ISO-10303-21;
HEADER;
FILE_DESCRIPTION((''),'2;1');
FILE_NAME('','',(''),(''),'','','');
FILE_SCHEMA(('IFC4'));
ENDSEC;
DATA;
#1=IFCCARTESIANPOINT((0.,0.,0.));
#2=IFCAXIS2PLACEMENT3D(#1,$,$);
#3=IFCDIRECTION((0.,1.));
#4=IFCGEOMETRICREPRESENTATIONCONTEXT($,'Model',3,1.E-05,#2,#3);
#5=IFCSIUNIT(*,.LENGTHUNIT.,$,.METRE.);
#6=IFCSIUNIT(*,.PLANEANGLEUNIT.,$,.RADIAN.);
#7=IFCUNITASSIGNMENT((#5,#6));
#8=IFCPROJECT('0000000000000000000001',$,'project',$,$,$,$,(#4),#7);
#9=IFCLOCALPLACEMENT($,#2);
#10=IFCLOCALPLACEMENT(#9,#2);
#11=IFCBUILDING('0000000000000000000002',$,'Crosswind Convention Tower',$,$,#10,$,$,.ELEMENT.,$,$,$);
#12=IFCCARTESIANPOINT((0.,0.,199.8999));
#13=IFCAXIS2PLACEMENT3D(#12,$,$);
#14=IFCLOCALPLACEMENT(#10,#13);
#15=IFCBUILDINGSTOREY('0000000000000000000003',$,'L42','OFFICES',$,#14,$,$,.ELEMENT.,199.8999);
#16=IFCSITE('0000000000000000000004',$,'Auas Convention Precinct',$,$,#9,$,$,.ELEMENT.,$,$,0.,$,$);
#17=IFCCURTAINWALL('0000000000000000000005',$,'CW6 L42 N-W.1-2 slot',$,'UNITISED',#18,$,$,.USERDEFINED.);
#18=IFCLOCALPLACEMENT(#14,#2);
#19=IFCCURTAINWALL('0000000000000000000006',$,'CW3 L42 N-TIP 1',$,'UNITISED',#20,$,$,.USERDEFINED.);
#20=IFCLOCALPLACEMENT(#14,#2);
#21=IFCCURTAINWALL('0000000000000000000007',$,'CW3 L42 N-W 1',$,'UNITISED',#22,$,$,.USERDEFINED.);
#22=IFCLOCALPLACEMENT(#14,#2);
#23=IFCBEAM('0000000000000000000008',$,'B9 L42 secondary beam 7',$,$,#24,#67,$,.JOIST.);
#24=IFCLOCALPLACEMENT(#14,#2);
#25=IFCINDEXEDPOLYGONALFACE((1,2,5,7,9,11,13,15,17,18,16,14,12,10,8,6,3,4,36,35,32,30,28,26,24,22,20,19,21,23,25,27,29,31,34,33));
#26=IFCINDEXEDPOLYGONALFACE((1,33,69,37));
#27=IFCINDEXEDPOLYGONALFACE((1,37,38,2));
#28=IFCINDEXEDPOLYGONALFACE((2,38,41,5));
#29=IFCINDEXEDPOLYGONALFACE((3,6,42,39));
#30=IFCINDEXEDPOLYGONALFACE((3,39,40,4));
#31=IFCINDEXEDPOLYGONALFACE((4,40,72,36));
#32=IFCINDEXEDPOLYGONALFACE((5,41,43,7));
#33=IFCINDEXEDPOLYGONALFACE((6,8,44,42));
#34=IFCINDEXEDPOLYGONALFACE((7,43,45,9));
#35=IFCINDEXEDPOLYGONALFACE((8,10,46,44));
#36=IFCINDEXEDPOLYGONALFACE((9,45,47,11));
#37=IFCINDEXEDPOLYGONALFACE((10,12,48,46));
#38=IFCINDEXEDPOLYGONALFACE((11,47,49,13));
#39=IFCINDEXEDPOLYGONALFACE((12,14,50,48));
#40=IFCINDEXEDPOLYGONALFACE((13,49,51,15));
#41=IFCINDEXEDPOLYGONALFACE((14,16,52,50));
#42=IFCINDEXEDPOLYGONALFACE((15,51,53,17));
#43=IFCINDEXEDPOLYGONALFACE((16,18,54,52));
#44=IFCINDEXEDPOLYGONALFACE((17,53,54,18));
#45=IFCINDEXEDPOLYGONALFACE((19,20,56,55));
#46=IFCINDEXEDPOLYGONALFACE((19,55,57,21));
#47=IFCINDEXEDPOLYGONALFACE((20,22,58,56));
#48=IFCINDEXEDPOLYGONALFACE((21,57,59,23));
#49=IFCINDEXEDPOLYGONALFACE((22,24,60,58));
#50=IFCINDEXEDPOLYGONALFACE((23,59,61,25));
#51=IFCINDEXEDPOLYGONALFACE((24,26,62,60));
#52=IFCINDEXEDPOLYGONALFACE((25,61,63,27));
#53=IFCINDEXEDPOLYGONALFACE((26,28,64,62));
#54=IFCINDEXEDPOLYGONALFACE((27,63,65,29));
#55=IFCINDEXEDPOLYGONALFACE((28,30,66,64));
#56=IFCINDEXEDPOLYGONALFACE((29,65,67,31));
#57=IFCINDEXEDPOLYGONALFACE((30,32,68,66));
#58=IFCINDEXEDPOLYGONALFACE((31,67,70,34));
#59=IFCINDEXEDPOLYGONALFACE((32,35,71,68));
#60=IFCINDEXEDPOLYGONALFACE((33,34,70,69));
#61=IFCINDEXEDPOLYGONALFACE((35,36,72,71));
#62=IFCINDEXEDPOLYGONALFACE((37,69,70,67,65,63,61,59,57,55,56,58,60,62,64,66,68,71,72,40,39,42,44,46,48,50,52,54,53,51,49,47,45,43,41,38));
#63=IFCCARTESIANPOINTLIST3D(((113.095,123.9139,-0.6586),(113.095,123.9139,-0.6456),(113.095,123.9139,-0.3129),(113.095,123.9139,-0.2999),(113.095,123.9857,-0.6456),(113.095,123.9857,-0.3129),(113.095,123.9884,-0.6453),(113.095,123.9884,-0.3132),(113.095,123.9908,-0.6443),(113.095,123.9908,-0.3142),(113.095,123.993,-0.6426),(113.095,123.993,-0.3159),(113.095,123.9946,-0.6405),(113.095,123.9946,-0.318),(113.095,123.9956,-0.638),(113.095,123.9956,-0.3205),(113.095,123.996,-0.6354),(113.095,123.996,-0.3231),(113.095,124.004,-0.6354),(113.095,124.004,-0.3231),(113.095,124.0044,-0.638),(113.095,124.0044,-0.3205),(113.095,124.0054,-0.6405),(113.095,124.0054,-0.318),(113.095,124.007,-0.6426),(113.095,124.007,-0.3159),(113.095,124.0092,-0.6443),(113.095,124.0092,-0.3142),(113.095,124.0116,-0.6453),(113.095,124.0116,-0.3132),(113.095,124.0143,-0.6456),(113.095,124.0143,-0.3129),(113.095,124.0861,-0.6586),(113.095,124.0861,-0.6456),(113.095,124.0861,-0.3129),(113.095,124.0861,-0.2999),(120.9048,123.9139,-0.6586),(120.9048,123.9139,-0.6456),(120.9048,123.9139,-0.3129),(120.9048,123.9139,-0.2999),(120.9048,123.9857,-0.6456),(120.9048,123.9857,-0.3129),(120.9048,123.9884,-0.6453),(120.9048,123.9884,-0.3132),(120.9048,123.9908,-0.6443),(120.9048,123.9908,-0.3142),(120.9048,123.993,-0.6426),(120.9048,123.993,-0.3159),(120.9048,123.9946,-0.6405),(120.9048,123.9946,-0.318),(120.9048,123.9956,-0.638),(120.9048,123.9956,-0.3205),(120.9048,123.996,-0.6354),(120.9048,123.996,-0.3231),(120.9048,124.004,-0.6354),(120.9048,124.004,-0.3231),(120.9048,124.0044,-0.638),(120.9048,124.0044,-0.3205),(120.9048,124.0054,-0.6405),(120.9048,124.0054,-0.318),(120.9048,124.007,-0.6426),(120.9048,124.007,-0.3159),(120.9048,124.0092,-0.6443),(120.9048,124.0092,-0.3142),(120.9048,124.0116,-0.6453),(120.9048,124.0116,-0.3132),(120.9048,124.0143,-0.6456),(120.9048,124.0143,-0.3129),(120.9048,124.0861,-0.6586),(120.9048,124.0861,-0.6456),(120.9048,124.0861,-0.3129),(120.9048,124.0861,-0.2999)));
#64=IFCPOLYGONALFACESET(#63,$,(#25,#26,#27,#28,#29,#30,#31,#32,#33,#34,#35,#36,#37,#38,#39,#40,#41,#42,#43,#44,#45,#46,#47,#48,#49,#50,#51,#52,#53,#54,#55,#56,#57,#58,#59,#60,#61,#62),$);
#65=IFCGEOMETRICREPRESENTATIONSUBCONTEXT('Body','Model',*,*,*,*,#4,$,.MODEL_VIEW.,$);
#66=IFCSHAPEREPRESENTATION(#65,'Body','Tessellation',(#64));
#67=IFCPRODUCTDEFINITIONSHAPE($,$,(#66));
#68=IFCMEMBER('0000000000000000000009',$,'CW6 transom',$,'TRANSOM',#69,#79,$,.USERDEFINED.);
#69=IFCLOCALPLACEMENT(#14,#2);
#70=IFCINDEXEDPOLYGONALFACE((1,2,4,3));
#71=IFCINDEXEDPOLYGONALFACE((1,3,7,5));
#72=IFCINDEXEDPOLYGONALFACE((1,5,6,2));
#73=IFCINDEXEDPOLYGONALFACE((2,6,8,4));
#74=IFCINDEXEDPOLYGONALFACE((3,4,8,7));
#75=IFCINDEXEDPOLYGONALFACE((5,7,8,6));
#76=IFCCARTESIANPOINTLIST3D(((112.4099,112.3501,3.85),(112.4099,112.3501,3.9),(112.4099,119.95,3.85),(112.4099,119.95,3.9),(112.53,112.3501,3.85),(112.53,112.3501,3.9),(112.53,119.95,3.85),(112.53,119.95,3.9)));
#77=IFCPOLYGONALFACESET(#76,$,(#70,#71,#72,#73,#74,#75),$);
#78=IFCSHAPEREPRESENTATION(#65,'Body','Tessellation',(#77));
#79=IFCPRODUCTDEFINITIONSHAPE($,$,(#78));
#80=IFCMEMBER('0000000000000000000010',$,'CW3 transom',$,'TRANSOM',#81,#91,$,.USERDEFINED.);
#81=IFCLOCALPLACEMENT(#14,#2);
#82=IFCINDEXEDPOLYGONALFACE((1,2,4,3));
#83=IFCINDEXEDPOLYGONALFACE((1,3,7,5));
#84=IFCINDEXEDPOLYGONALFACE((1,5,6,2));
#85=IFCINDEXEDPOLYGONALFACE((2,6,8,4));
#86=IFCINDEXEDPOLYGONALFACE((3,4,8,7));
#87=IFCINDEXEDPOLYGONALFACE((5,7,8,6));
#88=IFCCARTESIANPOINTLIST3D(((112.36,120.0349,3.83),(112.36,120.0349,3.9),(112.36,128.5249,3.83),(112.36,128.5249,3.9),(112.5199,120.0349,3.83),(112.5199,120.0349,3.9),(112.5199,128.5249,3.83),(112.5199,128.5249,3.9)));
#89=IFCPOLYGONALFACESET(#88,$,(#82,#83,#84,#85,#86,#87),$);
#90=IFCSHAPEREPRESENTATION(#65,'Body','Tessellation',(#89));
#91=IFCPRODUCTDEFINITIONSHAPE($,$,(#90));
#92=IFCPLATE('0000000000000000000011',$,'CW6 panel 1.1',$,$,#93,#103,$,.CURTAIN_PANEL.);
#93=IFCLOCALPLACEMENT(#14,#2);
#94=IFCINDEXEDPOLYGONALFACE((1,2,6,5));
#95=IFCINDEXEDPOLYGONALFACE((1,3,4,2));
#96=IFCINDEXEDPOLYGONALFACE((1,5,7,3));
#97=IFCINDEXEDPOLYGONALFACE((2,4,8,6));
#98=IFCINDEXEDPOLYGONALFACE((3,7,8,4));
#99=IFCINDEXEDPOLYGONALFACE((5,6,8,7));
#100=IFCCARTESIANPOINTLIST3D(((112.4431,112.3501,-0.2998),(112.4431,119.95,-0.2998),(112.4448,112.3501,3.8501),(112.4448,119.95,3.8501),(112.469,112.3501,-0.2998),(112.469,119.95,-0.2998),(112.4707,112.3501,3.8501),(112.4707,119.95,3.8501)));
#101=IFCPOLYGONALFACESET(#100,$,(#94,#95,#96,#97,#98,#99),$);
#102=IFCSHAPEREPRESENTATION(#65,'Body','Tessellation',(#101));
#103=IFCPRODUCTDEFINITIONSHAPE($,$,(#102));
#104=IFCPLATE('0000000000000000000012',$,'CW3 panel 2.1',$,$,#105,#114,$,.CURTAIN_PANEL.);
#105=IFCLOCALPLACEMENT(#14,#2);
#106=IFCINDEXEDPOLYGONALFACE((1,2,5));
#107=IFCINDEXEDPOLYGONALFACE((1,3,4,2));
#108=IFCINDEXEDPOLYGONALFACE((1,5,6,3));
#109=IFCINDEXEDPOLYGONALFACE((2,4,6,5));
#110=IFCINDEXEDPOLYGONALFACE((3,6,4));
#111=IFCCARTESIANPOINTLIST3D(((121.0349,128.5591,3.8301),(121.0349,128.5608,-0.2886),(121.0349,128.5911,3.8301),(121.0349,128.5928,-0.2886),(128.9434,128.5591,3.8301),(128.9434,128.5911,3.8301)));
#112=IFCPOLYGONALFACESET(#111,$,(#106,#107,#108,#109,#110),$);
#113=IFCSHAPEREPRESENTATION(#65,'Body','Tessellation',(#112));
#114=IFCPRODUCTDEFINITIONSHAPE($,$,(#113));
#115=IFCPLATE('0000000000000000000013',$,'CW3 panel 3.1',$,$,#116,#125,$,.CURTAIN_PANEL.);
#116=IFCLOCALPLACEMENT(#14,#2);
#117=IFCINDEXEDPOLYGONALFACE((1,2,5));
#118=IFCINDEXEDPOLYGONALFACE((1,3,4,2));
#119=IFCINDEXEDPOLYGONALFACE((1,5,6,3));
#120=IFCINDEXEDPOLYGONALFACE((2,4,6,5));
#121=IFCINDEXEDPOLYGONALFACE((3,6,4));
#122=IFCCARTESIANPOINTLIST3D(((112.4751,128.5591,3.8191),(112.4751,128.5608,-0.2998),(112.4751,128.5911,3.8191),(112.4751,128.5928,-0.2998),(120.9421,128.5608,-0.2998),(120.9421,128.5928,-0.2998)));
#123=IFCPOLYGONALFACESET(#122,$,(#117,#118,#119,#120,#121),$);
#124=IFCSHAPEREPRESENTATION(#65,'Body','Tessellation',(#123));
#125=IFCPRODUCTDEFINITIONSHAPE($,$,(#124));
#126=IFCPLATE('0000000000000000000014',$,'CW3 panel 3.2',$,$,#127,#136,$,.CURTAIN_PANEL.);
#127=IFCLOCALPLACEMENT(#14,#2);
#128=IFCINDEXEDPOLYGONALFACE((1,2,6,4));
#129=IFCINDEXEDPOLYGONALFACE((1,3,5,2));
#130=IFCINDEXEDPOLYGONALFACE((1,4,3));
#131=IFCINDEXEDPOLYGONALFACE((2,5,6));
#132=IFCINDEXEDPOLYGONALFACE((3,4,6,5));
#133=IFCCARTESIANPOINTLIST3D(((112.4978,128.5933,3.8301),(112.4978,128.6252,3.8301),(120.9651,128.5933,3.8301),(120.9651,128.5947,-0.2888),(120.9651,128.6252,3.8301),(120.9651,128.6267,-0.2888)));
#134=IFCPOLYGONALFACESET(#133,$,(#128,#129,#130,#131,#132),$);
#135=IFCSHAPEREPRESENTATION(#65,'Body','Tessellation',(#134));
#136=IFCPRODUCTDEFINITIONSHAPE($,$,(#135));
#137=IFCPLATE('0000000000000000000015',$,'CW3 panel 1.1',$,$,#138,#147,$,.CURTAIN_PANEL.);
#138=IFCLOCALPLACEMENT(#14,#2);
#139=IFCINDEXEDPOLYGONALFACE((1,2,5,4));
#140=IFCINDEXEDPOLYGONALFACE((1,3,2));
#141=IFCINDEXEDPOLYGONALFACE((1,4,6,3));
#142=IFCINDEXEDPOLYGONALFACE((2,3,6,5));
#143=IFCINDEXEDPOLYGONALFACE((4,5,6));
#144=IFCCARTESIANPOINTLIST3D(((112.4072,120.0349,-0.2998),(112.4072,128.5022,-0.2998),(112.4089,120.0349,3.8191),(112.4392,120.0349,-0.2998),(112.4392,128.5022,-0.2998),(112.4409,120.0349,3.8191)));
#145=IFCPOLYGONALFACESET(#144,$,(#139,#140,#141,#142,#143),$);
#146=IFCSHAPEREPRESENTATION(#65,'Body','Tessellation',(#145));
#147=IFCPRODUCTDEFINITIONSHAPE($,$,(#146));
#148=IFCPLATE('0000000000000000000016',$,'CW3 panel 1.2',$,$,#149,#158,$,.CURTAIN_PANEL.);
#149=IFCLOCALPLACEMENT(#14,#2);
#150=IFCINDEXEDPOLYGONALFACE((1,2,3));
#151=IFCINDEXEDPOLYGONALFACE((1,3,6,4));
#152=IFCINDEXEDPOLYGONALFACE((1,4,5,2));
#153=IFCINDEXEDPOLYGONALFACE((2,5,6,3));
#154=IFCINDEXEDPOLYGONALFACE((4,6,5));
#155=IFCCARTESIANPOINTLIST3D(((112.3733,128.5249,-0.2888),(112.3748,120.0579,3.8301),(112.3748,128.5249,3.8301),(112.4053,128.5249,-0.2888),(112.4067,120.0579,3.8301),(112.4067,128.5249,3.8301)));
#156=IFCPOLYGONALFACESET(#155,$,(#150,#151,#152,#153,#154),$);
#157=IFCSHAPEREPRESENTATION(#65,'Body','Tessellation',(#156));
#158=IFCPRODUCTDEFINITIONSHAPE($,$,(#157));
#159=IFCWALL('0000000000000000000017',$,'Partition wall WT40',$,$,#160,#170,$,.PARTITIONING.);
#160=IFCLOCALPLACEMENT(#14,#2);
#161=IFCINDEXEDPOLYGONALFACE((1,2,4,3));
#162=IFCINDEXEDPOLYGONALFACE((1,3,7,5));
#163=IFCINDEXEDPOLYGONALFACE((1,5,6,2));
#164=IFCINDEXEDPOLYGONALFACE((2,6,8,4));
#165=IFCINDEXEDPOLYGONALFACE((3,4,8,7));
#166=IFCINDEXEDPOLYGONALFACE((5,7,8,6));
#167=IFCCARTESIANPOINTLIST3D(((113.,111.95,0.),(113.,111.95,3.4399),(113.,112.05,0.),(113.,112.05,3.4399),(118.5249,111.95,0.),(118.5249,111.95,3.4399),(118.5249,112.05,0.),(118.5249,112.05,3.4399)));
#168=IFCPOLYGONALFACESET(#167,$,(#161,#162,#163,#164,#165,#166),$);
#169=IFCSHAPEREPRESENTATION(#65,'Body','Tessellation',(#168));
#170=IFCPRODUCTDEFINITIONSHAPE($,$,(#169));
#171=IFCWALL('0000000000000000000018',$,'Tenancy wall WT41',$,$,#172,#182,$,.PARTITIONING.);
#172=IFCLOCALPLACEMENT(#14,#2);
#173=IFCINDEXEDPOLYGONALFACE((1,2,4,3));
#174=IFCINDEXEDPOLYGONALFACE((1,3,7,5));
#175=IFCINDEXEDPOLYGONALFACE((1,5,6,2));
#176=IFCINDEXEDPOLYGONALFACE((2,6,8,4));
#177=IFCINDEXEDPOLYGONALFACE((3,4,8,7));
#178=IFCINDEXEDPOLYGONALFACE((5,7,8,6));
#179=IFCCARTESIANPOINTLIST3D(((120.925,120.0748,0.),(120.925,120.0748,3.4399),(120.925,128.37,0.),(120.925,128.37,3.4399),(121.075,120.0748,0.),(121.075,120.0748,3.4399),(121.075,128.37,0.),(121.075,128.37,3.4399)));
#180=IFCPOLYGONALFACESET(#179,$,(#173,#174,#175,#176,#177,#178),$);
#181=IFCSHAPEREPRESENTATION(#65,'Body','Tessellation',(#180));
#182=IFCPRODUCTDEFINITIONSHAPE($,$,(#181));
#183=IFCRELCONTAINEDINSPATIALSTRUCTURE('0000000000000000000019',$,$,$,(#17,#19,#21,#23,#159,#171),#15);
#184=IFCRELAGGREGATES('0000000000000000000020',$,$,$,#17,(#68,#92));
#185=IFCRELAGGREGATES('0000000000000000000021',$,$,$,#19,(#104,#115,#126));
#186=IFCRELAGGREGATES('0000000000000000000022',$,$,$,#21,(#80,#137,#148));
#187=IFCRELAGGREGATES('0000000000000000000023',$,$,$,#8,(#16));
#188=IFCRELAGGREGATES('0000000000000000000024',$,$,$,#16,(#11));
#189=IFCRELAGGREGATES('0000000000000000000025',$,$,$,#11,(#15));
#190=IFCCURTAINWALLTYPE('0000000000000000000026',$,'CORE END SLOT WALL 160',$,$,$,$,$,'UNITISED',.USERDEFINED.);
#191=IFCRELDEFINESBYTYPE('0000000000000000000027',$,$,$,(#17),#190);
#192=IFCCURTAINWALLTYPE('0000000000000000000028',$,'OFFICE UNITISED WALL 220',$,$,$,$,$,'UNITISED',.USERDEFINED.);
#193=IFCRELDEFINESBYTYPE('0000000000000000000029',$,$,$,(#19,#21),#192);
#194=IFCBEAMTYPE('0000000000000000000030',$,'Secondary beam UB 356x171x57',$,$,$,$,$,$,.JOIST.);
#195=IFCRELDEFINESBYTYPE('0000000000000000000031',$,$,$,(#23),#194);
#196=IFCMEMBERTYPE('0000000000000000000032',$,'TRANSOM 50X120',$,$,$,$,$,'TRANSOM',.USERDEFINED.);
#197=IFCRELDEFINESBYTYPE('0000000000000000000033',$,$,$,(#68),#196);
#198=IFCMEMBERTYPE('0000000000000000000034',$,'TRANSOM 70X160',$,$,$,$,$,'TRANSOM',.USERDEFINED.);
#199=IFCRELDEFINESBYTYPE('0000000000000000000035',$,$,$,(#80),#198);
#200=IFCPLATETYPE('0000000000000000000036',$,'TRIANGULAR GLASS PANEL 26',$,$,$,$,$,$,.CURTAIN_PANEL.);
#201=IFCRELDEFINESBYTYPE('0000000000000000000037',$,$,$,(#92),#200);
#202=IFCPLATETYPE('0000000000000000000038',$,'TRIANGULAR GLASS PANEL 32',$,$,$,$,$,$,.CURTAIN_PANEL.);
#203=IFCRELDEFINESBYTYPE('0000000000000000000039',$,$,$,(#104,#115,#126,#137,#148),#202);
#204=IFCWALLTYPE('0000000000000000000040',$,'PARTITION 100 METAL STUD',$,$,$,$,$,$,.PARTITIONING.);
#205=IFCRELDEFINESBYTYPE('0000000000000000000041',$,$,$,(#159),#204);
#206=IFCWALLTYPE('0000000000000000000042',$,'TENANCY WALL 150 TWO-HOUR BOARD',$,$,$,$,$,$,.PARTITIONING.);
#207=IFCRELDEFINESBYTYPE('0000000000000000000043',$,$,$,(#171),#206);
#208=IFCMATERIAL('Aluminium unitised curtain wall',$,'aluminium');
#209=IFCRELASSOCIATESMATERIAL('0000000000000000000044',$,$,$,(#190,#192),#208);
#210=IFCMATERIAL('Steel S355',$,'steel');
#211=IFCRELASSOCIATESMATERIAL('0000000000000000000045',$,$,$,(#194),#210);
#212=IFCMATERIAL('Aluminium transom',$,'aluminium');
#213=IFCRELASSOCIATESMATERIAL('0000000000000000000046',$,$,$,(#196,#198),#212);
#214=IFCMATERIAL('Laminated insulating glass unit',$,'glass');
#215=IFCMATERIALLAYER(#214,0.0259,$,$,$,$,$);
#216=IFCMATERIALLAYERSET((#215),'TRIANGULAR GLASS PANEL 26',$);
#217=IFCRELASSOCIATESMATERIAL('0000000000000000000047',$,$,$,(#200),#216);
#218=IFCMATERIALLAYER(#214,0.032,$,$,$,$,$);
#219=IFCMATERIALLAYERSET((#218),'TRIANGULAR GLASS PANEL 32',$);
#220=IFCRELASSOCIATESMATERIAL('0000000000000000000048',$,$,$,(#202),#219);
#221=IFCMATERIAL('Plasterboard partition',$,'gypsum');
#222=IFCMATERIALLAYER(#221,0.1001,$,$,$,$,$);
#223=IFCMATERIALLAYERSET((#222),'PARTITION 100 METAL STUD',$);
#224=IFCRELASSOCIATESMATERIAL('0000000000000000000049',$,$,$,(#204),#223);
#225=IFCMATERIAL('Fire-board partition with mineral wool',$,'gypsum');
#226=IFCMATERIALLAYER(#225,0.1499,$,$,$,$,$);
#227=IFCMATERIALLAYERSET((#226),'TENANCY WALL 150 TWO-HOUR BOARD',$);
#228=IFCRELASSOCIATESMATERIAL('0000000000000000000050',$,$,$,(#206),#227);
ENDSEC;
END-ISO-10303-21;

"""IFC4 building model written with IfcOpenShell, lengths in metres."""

from ifc_helpers import new_model, si_unit, direction, frame, frame_2d, origin, origin_2d, place, context, subcontext, project, spatial, polyline, rectangle, i_section, outline, extrude, material, layer, layer_set, material_profile, profile_set, type_object, element, aggregate, save


model = new_model("IFC4")

# Units and contexts
model_context = context("Model", 3, precision=1e-05, world=origin(), true_north=direction((0.0, 1.0)))
body_context = subcontext(model_context, "Body", "Model", "MODEL_VIEW")
ifc_project = project(units=[si_unit("LENGTHUNIT", "METRE"), si_unit("PLANEANGLEUNIT", "RADIAN")], contexts=[model_context])

# Site, building, storey
site_placement = place(None, origin())
site = spatial("IfcSite", under=ifc_project, at=site_placement, Name="Auas Convention Precinct", CompositionType="ELEMENT", RefElevation=0.0)
building_placement = place(site_placement, origin())
building = spatial("IfcBuilding", under=site, at=building_placement, Name="Crosswind Convention Tower", CompositionType="ELEMENT")
storey_placement = place(building_placement, frame((0.0, 0.0, 199.8999)))
storey = spatial("IfcBuildingStorey", under=building, at=storey_placement, Name="L42", Description="OFFICES", CompositionType="ELEMENT", Elevation=199.8999)

# Shared definitions
ifc_material_1 = material(Name="Steel S355", Category="steel")

# Curtain walls
ifc_material_2 = material(Name="Aluminium unitised curtain wall", Category="aluminium")
curtain_wall_type_1 = type_object("IfcCurtainWallType", Name="CORE END SLOT WALL 160", ElementType="UNITISED", PredefinedType="USERDEFINED", material=ifc_material_2)
curtain_wall_1_placement = place(storey_placement, origin())
curtain_wall_1 = element("IfcCurtainWall", 1, at=curtain_wall_1_placement, inside=storey, type_object=curtain_wall_type_1, Name="CW6 L42 N-W.1-2 slot", ObjectType="UNITISED", PredefinedType="USERDEFINED")
curtain_wall_type_2 = type_object("IfcCurtainWallType", Name="OFFICE UNITISED WALL 220", ElementType="UNITISED", PredefinedType="USERDEFINED", material=ifc_material_2)
curtain_wall_2_placement = place(storey_placement, origin())
curtain_wall_2 = element("IfcCurtainWall", 2, at=curtain_wall_2_placement, inside=storey, type_object=curtain_wall_type_2, Name="CW3 L42 N-TIP 1", ObjectType="UNITISED", PredefinedType="USERDEFINED")

# Curtain wall
curtain_wall_3_placement = place(storey_placement, origin())
curtain_wall_3 = element("IfcCurtainWall", 3, at=curtain_wall_3_placement, inside=storey, type_object=curtain_wall_type_2, Name="CW3 L42 N-W 1", ObjectType="UNITISED", PredefinedType="USERDEFINED")

# Beam
ifc_material_profile_1 = material_profile(ifc_material_1, i_section(OverallWidth=0.1721, OverallDepth=0.3586, WebThickness=0.0081, FlangeThickness=0.0129, FilletRadius=0.0103, at=origin_2d()), Name="UB 356x171x57")
ifc_profile_set_1 = profile_set([ifc_material_profile_1], Name="Steel S355")
beam_type_1 = type_object("IfcBeamType", Name="Secondary beam UB 356x171x57", PredefinedType="JOIST", material=ifc_profile_set_1)
for number, where, z_axis, x_axis, name in (
    (4, (113.095, 124.0, -0.4792), (1.0, 0.0, 0.0), (0.0, 1.0, 0.0), "B9 L42 secondary beam 7"),
):
    element("IfcBeam", number, at=place(storey_placement, frame(where, z_axis=z_axis, x_axis=x_axis)), inside=storey, type_object=beam_type_1, Name=name, PredefinedType="JOIST", context=body_context, shape_type="SweptSolid", body=[
        extrude(i_section(OverallWidth=0.1721, OverallDepth=0.3586, WebThickness=0.0081, FlangeThickness=0.0129, FilletRadius=0.0103, at=origin_2d()), origin(), (0.0, 0.0, 1.0), 7.8098),
    ])

# Members
ifc_material_3 = material(Name="Aluminium transom", Category="aluminium")
ifc_material_profile_2 = material_profile(ifc_material_3, rectangle(XDim=0.1201, YDim=0.05, at=origin_2d()), Name="AL 120X50")
ifc_profile_set_2 = profile_set([ifc_material_profile_2], Name="Aluminium transom")
member_type_1 = type_object("IfcMemberType", Name="TRANSOM 50X120", ElementType="TRANSOM", PredefinedType="USERDEFINED", material=ifc_profile_set_2)
member_1_placement = place(storey_placement, frame((112.47, 119.95, 3.875), z_axis=(0.0, -1.0, 0.0), x_axis=(1.0, 0.0, 0.0)))
member_1 = element("IfcMember", 5, at=member_1_placement, type_object=member_type_1, Name="CW6 transom", ObjectType="TRANSOM", PredefinedType="USERDEFINED", context=body_context, shape_type="SweptSolid", body=[
    extrude(rectangle(XDim=0.1201, YDim=0.05, at=origin_2d()), origin(), (0.0, 0.0, 1.0), 7.5999),
])
ifc_material_profile_3 = material_profile(ifc_material_3, rectangle(XDim=0.1599, YDim=0.0701, at=origin_2d()), Name="AL 160X70")
ifc_profile_set_3 = profile_set([ifc_material_profile_3], Name="Aluminium transom")
member_type_2 = type_object("IfcMemberType", Name="TRANSOM 70X160", ElementType="TRANSOM", PredefinedType="USERDEFINED", material=ifc_profile_set_3)
member_2_placement = place(storey_placement, frame((112.4399, 128.5249, 3.865), z_axis=(0.0, -1.0, 0.0), x_axis=(1.0, 0.0, 0.0)))
member_2 = element("IfcMember", 6, at=member_2_placement, type_object=member_type_2, Name="CW3 transom", ObjectType="TRANSOM", PredefinedType="USERDEFINED", context=body_context, shape_type="SweptSolid", body=[
    extrude(rectangle(XDim=0.1599, YDim=0.0701, at=origin_2d()), origin(), (0.0, 0.0, 1.0), 8.49),
])

# Plates
ifc_material_4 = material(Name="Laminated insulating glass unit", Category="glass")
ifc_layer_1 = layer(ifc_material_4, 0.0259)
ifc_layer_set_1 = layer_set([ifc_layer_1], Name="TRIANGULAR GLASS PANEL 26")
plate_type_1 = type_object("IfcPlateType", Name="TRIANGULAR GLASS PANEL 26", PredefinedType="CURTAIN_PANEL", material=ifc_layer_set_1)
plate_1_placement = place(storey_placement, frame((112.4431, 119.95, -0.2998), z_axis=(-1.0, 0.0, 0.000412), x_axis=(0.0, -1.0, 0.0)))
plate_1 = element("IfcPlate", 7, at=plate_1_placement, type_object=plate_type_1, Name="CW6 panel 1.1", PredefinedType="CURTAIN_PANEL", context=body_context, shape_type="SweptSolid", body=[
    extrude(outline(polyline([(0.0, 0.0), (7.5999, 0.0), (7.5999, 4.1499), (0.0, 4.1499), (0.0, 0.0)])), origin(), (0.0, 0.0, -1.0), 0.0259),
])
aggregate(curtain_wall_1, [member_1, plate_1])
ifc_layer_2 = layer(ifc_material_4, 0.032)
ifc_layer_set_2 = layer_set([ifc_layer_2], Name="TRIANGULAR GLASS PANEL 32")
plate_type_2 = type_object("IfcPlateType", Name="TRIANGULAR GLASS PANEL 32", PredefinedType="CURTAIN_PANEL", material=ifc_layer_set_2)
plate_2_placement = place(storey_placement, frame((121.0349, 128.5911, 3.8301), z_axis=(0.0, 1.0, 0.000415), x_axis=(1.0, 0.0, 0.0)))
plate_2 = element("IfcPlate", 8, at=plate_2_placement, type_object=plate_type_2, Name="CW3 panel 2.1", PredefinedType="CURTAIN_PANEL", context=body_context, shape_type="SweptSolid", body=[
    extrude(outline(polyline([(0.0, 0.0), (7.9084, 0.0), (0.0, 4.1187), (0.0, 0.0)])), origin(), (0.0, 0.0, -1.0), 0.032),
])
plate_3_placement = place(storey_placement, frame((112.4751, 128.5928, -0.2998), z_axis=(0.0, 1.0, 0.000415), x_axis=(0.0, -0.000415, 1.0)))
plate_3 = element("IfcPlate", 9, at=plate_3_placement, type_object=plate_type_2, Name="CW3 panel 3.1", PredefinedType="CURTAIN_PANEL", context=body_context, shape_type="SweptSolid", body=[
    extrude(outline(polyline([(0.0, 0.0), (4.1189, 0.0), (0.0, 8.467), (0.0, 0.0)])), origin(), (0.0, 0.0, -1.0), 0.032),
])
plate_4_placement = place(storey_placement, frame((120.9651, 128.6252, 3.8301), z_axis=(0.0, 1.0, 0.000356), x_axis=(0.0, 0.000356, -1.0)))
plate_4 = element("IfcPlate", 10, at=plate_4_placement, type_object=plate_type_2, Name="CW3 panel 3.2", PredefinedType="CURTAIN_PANEL", context=body_context, shape_type="SweptSolid", body=[
    extrude(outline(polyline([(0.0, 0.0), (4.1189, 0.0), (0.0, 8.4673), (0.0, 0.0)])), origin(), (0.0, 0.0, -1.0), 0.032),
])
aggregate(curtain_wall_2, [plate_2, plate_3, plate_4])
plate_5_placement = place(storey_placement, frame((112.4072, 120.0349, -0.2998), z_axis=(-1.0, 0.0, 0.000415), x_axis=(0.000415, 0.0, 1.0)))
plate_5 = element("IfcPlate", 11, at=plate_5_placement, type_object=plate_type_2, Name="CW3 panel 1.1", PredefinedType="CURTAIN_PANEL", context=body_context, shape_type="SweptSolid", body=[
    extrude(outline(polyline([(0.0, 0.0), (4.1189, 0.0), (0.0, 8.4673), (0.0, 0.0)])), origin(), (0.0, 0.0, -1.0), 0.032),
])
plate_6_placement = place(storey_placement, frame((112.3748, 128.5249, 3.8301), z_axis=(-1.0, 0.0, 0.000356), x_axis=(-0.000356, 0.0, -1.0)))
plate_6 = element("IfcPlate", 12, at=plate_6_placement, type_object=plate_type_2, Name="CW3 panel 1.2", PredefinedType="CURTAIN_PANEL", context=body_context, shape_type="SweptSolid", body=[
    extrude(outline(polyline([(0.0, 0.0), (4.1189, 0.0), (0.0, 8.467), (0.0, 0.0)])), origin(), (0.0, 0.0, -1.0), 0.032),
])

# Walls
ifc_material_5 = material(Name="Plasterboard partition", Category="gypsum")
ifc_layer_3 = layer(ifc_material_5, 0.1001)
ifc_layer_set_3 = layer_set([ifc_layer_3], Name="PARTITION 100 METAL STUD")
wall_type_1 = type_object("IfcWallType", Name="PARTITION 100 METAL STUD", PredefinedType="PARTITIONING", material=ifc_layer_set_3)
wall_1_placement = place(storey_placement, frame((113.0, 112.0, 0.0), z_axis=(0.0, 0.0, 1.0), x_axis=(1.0, 0.0, 0.0)))
element("IfcWall", 13, at=wall_1_placement, inside=storey, type_object=wall_type_1, Name="Partition wall WT40", PredefinedType="PARTITIONING", context=body_context, shape_type="SweptSolid", body=[
    extrude(rectangle(XDim=5.5249, YDim=0.1001, at=frame_2d((2.7625, 0.0))), origin(), (0.0, 0.0, 1.0), 3.4399),
])
ifc_material_6 = material(Name="Fire-board partition with mineral wool", Category="gypsum")
ifc_layer_4 = layer(ifc_material_6, 0.1499)
ifc_layer_set_4 = layer_set([ifc_layer_4], Name="TENANCY WALL 150 TWO-HOUR BOARD")
wall_type_2 = type_object("IfcWallType", Name="TENANCY WALL 150 TWO-HOUR BOARD", PredefinedType="PARTITIONING", material=ifc_layer_set_4)
wall_2_placement = place(storey_placement, frame((121.0, 120.075, 0.0), z_axis=(0.0, 0.0, 1.0), x_axis=(0.0, 1.0, 0.0)))
element("IfcWall", 14, at=wall_2_placement, inside=storey, type_object=wall_type_2, Name="Tenancy wall WT41", PredefinedType="PARTITIONING", context=body_context, shape_type="SweptSolid", body=[
    extrude(rectangle(XDim=8.2952, YDim=0.1499, at=frame_2d((4.1475, 0.0))), origin(), (0.0, 0.0, 1.0), 3.4399),
])

aggregate(curtain_wall_3, [member_2, plate_5, plate_6])

save(model, "model.ifc")
